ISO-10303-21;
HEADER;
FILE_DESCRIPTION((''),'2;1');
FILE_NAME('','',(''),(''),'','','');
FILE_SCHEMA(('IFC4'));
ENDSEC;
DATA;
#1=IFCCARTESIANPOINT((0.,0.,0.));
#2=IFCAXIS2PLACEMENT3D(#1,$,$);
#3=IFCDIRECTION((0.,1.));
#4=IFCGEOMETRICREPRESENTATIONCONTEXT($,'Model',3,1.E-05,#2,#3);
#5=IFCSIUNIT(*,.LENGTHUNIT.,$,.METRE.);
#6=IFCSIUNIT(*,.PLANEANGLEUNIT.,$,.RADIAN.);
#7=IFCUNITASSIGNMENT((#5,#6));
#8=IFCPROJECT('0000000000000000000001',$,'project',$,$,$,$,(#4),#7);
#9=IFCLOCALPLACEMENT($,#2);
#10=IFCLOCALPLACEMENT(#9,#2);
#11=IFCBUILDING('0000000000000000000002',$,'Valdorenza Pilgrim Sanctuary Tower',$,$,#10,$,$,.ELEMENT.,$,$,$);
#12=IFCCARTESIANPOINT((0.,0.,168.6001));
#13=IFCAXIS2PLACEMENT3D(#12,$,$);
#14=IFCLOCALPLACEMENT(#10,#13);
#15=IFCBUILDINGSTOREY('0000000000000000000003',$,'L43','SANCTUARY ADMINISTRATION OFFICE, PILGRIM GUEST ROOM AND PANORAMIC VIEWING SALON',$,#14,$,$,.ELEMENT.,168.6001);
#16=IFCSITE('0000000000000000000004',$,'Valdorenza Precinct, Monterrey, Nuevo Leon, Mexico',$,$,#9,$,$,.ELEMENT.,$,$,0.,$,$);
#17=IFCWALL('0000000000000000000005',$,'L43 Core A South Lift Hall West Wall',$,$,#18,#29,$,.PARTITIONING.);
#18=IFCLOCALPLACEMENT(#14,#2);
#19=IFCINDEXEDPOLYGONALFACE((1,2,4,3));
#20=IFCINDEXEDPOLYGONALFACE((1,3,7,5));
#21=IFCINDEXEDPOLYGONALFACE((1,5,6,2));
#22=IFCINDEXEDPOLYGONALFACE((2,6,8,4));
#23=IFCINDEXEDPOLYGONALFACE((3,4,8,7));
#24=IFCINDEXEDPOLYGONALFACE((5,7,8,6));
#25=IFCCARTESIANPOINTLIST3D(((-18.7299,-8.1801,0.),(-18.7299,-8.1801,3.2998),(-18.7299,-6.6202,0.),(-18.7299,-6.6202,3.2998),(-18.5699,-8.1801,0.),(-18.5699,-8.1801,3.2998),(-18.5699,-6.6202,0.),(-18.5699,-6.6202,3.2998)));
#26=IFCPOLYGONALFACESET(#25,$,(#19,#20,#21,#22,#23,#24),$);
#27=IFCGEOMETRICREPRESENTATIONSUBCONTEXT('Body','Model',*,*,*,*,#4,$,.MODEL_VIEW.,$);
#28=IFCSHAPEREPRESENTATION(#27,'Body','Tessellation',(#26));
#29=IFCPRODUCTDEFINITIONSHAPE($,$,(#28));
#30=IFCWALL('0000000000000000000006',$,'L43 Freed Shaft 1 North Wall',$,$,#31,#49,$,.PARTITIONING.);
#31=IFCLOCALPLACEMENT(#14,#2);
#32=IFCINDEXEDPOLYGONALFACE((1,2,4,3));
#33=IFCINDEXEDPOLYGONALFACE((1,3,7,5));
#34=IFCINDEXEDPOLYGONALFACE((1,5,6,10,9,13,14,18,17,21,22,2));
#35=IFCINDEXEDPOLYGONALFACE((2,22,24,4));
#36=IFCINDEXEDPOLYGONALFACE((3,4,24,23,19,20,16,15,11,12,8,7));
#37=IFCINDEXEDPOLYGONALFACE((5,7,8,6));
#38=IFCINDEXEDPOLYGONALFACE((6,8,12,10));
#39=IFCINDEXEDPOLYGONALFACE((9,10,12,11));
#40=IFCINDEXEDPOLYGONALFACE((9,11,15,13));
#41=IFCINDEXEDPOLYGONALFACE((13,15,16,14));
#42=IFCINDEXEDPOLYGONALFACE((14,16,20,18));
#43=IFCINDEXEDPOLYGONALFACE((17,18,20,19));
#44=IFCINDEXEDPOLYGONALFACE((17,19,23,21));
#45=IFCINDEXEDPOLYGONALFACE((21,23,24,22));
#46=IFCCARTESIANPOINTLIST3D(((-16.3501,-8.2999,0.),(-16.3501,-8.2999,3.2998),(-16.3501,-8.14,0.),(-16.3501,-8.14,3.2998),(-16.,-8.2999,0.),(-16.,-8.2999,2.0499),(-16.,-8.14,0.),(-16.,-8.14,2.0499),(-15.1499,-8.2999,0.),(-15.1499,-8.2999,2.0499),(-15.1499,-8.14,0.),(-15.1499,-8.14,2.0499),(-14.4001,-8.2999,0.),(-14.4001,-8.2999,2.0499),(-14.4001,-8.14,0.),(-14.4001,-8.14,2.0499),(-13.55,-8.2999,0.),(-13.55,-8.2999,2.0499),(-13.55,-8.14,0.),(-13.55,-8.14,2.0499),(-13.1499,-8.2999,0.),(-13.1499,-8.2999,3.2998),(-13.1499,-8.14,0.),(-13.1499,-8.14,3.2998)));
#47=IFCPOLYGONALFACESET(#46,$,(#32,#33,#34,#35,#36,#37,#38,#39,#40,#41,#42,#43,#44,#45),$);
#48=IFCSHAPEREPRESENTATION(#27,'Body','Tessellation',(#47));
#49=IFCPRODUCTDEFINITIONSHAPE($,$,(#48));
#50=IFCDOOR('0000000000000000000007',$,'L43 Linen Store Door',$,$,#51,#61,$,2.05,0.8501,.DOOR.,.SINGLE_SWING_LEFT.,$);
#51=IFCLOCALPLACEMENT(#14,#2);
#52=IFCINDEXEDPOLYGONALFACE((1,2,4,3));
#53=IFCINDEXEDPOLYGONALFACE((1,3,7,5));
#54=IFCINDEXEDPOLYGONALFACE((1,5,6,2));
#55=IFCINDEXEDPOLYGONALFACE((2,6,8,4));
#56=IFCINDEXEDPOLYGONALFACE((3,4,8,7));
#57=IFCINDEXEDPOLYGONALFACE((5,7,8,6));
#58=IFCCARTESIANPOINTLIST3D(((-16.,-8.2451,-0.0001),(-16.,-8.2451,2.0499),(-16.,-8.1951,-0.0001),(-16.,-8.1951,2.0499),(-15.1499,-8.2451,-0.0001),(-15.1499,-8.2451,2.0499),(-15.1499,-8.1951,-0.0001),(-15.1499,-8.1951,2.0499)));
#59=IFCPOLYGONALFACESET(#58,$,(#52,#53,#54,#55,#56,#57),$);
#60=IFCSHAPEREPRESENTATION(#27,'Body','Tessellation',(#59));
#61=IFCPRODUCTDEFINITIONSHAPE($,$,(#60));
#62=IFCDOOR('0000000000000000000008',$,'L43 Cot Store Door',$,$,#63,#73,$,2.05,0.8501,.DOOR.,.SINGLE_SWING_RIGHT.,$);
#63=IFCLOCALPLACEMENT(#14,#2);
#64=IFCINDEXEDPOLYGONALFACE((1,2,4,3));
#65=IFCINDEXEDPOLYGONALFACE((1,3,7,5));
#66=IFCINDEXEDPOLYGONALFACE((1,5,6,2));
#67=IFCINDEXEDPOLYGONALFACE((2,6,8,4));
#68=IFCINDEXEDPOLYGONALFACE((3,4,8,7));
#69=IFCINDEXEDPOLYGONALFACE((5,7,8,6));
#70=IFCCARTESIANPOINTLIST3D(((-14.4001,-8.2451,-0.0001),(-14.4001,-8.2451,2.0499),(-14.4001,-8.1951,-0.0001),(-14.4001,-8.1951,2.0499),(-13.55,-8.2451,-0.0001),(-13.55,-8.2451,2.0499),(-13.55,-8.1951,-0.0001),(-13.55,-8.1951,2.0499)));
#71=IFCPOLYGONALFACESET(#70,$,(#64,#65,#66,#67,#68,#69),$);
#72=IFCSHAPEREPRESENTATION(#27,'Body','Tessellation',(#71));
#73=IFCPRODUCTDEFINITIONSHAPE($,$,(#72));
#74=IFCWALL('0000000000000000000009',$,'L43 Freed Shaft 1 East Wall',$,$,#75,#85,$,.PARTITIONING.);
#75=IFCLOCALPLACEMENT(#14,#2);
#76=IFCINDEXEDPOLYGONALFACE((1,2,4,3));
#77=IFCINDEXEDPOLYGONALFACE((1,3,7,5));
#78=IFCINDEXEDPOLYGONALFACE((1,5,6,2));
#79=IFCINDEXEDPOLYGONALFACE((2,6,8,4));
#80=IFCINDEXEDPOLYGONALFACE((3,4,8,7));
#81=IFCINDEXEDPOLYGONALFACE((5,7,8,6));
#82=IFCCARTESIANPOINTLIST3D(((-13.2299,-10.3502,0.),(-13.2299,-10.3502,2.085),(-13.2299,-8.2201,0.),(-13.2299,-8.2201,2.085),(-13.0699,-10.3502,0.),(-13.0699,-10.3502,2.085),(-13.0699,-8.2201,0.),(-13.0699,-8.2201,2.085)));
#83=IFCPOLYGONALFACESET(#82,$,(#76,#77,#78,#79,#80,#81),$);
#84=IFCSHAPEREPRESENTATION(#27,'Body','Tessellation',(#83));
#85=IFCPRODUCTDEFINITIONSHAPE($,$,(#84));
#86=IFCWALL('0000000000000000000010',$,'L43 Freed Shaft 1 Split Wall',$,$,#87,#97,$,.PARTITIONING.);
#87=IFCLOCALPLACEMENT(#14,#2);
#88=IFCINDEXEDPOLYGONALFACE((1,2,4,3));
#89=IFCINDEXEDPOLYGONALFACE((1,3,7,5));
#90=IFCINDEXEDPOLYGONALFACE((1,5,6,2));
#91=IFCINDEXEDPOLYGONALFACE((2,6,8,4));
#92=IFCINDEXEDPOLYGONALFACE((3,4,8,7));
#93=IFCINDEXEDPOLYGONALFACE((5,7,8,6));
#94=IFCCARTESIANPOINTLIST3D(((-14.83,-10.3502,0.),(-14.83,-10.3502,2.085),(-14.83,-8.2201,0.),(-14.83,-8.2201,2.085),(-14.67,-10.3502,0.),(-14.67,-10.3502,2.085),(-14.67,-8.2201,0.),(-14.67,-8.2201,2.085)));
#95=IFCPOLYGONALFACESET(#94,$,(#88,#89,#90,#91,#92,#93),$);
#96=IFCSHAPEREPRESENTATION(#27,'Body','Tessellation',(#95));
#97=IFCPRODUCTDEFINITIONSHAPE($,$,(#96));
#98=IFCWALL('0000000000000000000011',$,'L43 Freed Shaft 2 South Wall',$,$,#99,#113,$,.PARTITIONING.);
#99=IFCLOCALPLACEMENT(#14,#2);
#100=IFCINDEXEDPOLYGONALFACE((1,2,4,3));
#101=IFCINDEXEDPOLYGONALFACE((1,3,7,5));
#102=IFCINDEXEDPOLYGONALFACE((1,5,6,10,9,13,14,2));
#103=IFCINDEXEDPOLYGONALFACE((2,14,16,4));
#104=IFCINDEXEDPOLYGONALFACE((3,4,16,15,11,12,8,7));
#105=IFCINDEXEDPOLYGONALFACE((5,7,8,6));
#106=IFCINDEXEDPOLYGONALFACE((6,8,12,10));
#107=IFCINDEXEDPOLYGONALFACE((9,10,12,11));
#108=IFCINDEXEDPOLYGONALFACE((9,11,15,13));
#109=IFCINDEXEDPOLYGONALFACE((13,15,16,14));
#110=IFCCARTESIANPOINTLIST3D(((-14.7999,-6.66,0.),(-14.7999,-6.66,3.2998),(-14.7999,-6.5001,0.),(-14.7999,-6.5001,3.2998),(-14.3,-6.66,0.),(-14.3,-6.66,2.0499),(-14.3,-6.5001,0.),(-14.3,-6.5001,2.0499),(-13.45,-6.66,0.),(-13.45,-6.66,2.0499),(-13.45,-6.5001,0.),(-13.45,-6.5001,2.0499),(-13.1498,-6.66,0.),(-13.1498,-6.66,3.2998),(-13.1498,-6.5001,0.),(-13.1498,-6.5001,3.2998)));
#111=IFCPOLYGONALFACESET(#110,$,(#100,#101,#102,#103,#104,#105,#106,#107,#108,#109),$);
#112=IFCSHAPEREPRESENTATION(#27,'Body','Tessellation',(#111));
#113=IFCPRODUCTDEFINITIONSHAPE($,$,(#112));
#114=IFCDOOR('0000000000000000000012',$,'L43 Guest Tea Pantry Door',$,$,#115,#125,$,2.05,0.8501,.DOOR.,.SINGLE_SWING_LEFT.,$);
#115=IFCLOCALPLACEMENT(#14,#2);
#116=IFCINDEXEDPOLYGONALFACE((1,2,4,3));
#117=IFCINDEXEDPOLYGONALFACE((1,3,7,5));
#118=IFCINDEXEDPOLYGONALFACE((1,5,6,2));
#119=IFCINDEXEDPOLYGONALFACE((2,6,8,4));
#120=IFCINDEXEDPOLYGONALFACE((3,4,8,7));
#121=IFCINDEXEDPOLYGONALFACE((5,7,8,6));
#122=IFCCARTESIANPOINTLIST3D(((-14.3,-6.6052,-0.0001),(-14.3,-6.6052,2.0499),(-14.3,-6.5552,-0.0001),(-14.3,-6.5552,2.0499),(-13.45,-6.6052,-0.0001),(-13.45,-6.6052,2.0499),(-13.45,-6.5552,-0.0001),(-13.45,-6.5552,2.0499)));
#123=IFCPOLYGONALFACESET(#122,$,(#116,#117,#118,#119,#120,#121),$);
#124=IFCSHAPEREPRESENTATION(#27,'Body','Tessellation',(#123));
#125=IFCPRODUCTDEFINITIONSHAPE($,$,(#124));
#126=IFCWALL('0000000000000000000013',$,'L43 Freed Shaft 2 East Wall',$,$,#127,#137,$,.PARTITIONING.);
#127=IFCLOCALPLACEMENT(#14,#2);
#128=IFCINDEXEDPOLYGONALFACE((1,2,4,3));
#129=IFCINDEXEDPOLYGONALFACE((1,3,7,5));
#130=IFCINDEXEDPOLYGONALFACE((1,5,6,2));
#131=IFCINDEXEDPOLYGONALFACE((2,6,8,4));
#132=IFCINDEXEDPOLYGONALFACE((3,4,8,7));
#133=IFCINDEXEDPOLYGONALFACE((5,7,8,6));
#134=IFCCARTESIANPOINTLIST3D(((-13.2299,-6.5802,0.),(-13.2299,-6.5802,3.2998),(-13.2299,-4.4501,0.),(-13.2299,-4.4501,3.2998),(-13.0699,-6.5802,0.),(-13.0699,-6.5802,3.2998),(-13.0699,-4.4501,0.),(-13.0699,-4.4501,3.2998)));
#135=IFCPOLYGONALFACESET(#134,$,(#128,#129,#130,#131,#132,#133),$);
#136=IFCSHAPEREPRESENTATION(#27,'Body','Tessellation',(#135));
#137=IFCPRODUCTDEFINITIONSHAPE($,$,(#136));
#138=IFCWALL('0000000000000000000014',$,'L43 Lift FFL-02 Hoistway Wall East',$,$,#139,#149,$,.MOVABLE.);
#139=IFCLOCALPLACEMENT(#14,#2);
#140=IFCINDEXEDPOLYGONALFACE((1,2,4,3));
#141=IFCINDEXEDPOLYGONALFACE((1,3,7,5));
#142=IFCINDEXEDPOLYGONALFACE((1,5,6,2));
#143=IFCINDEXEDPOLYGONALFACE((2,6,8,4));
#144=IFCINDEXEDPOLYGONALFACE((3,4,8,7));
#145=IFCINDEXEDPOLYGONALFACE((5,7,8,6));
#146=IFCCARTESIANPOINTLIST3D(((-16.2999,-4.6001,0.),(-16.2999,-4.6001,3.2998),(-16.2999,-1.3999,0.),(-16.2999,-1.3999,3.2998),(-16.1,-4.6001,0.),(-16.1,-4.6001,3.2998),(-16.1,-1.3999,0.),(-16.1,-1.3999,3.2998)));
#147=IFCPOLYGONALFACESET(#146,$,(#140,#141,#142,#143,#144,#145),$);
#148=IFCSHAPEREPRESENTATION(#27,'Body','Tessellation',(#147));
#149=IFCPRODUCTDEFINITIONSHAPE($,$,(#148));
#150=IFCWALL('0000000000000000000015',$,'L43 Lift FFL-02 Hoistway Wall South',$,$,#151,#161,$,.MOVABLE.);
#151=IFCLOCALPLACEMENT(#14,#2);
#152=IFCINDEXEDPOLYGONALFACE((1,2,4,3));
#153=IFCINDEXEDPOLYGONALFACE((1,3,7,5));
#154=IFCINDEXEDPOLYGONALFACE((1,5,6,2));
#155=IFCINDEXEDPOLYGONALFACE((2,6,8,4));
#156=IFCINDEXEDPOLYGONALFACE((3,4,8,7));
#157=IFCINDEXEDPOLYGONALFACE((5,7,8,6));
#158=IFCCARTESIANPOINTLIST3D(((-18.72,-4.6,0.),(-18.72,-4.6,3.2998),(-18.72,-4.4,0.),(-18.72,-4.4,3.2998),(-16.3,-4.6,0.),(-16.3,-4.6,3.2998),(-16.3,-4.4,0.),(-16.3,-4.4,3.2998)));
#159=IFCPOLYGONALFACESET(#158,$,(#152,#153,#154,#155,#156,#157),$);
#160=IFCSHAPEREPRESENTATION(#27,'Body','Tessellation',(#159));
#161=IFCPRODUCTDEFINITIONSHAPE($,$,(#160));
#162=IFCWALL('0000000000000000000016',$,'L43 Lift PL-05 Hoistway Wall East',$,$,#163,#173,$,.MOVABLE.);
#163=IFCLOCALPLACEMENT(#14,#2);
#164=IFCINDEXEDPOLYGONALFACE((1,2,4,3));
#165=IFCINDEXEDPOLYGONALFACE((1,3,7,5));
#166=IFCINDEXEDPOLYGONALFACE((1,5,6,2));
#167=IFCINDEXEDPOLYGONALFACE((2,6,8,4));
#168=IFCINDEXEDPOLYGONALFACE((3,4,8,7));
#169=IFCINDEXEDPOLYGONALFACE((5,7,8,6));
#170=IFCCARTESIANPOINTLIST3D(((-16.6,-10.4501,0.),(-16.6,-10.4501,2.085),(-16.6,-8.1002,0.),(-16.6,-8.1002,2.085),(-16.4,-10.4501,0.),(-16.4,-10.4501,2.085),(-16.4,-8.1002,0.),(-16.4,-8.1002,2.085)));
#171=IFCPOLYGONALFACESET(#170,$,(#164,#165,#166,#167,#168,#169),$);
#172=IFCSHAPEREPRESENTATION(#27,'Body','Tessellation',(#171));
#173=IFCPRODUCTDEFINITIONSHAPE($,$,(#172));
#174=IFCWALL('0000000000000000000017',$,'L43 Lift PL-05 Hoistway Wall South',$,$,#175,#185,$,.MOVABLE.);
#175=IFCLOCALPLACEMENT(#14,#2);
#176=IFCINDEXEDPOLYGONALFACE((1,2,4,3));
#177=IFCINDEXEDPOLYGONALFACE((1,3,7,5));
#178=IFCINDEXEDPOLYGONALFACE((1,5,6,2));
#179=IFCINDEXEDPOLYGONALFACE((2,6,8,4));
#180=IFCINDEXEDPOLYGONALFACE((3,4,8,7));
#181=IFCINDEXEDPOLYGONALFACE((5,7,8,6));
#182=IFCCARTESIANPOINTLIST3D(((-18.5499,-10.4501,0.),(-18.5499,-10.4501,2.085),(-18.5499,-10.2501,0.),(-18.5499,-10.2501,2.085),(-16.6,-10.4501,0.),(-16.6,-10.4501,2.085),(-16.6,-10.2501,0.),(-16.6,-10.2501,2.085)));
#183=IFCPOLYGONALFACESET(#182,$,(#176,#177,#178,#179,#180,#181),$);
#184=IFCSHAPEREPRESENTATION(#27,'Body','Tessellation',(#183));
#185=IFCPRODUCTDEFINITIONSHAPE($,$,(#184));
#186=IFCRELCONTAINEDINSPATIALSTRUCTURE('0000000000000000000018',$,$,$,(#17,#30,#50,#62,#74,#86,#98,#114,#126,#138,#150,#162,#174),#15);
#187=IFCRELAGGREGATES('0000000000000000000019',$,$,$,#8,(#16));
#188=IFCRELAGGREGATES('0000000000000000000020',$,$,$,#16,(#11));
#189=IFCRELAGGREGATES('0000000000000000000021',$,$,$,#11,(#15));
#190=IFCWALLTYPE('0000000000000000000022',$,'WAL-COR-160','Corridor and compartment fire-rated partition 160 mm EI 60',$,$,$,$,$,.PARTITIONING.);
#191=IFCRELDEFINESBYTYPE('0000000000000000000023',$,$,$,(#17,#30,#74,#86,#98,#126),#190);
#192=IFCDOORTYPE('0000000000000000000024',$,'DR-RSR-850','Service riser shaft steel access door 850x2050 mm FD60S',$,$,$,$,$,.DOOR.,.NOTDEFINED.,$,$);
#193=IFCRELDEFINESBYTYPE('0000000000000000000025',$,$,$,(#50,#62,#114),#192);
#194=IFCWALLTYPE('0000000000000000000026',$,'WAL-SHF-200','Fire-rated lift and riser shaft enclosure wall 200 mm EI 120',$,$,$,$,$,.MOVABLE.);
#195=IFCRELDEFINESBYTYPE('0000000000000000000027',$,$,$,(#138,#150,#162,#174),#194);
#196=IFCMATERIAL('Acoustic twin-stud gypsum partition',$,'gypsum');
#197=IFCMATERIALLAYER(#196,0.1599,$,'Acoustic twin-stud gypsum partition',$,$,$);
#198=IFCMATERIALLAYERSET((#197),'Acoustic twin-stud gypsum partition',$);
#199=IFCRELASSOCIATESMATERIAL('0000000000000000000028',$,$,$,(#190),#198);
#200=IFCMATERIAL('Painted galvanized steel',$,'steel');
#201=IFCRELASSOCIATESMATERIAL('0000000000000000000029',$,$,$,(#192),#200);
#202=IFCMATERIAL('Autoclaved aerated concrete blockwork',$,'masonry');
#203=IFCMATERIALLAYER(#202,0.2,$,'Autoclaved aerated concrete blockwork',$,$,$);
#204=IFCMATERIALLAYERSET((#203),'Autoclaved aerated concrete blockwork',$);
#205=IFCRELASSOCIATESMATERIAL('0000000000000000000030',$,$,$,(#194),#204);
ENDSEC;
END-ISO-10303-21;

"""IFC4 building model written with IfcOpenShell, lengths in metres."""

from ifc_helpers import new_model, si_unit, direction, frame, frame_2d, origin, place, context, subcontext, project, spatial, rectangle, extrude, material, layer, layer_set, type_object, element, fill, save


model = new_model("IFC4")

# Units and contexts
model_context = context("Model", 3, precision=1e-05, world=origin(), true_north=direction((0.0, 1.0)))
body_context = subcontext(model_context, "Body", "Model", "MODEL_VIEW")
ifc_project = project(units=[si_unit("LENGTHUNIT", "METRE"), si_unit("PLANEANGLEUNIT", "RADIAN")], contexts=[model_context])

# Site, building, storey
site_placement = place(None, origin())
site = spatial("IfcSite", under=ifc_project, at=site_placement, Name="Valdorenza Precinct, Monterrey, Nuevo Leon, Mexico", CompositionType="ELEMENT", RefElevation=0.0)
building_placement = place(site_placement, origin())
building = spatial("IfcBuilding", under=site, at=building_placement, Name="Valdorenza Pilgrim Sanctuary Tower", CompositionType="ELEMENT")
storey_placement = place(building_placement, frame((0.0, 0.0, 168.6001)))
storey = spatial("IfcBuildingStorey", under=building, at=storey_placement, Name="L43", Description="SANCTUARY ADMINISTRATION OFFICE, PILGRIM GUEST ROOM AND PANORAMIC VIEWING SALON", CompositionType="ELEMENT", Elevation=168.6001)

# Wall
ifc_material_1 = material(Name="Acoustic twin-stud gypsum partition", Category="gypsum")
ifc_layer_1 = layer(ifc_material_1, 0.1599, Name="Acoustic twin-stud gypsum partition")
ifc_layer_set_1 = layer_set([ifc_layer_1], Name="Acoustic twin-stud gypsum partition")
wall_type_1 = type_object("IfcWallType", Name="WAL-COR-160", Description="Corridor and compartment fire-rated partition 160 mm EI 60", PredefinedType="PARTITIONING", material=ifc_layer_set_1)
wall_1_placement = place(storey_placement, frame((-18.6499, -8.1799, 0.0), z_axis=(0.0, 0.0, 1.0), x_axis=(0.0, 1.0, 0.0)))
element("IfcWall", 1, at=wall_1_placement, inside=storey, type_object=wall_type_1, Name="L43 Core A South Lift Hall West Wall", PredefinedType="PARTITIONING", context=body_context, shape_type="SweptSolid", body=[
    extrude(rectangle(XDim=1.5598, YDim=0.1599, at=frame_2d((0.7798, 0.0))), origin(), (0.0, 0.0, 1.0), 3.2998),
])

# Wall, openings, doors
wall_2_placement = place(storey_placement, frame((-16.3501, -8.22, 0.0), z_axis=(0.0, 0.0, 1.0), x_axis=(1.0, 0.0, 0.0)))
wall_2 = element("IfcWall", 2, at=wall_2_placement, inside=storey, type_object=wall_type_1, Name="L43 Freed Shaft 1 North Wall", PredefinedType="PARTITIONING", context=body_context, shape_type="SweptSolid", body=[
    extrude(rectangle(XDim=3.2002, YDim=0.1599, at=frame_2d((1.6001, 0.0))), origin(), (0.0, 0.0, 1.0), 3.2998),
])
opening_1_placement = place(wall_2_placement, frame((0.3501, 0.0, 0.0)))
opening_1 = element("IfcOpeningElement", 3, at=opening_1_placement, cuts=wall_2, PredefinedType="OPENING", context=body_context, shape_type="SweptSolid", body=[
    extrude(rectangle(XDim=0.8501, YDim=2.05, at=frame_2d((0.425, 1.0249))), frame((0.0, 0.0947, 0.0), z_axis=(0.0, -1.0, 0.0), x_axis=(1.0, 0.0, 0.0)), (0.0, 0.0, 1.0), 0.1897),
])
opening_2_placement = place(wall_2_placement, frame((1.95, 0.0, 0.0)))
opening_2 = element("IfcOpeningElement", 4, at=opening_2_placement, cuts=wall_2, PredefinedType="OPENING", context=body_context, shape_type="SweptSolid", body=[
    extrude(rectangle(XDim=0.8501, YDim=2.05, at=frame_2d((0.425, 1.0249))), frame((0.0, 0.0947, 0.0), z_axis=(0.0, -1.0, 0.0), x_axis=(1.0, 0.0, 0.0)), (0.0, 0.0, 1.0), 0.1897),
])
ifc_material_2 = material(Name="Painted galvanized steel", Category="steel")
door_type_1 = type_object("IfcDoorType", Name="DR-RSR-850", Description="Service riser shaft steel access door 850x2050 mm FD60S", OperationType="NOTDEFINED", PredefinedType="DOOR", material=ifc_material_2)
door_1_placement = place(opening_1_placement, origin())
door_1 = element("IfcDoor", 5, at=door_1_placement, inside=storey, type_object=door_type_1, Name="L43 Linen Store Door", OperationType="SINGLE_SWING_LEFT", OverallHeight=2.05, OverallWidth=0.8501, PredefinedType="DOOR", context=body_context, shape_type="SweptSolid", body=[
    extrude(rectangle(XDim=0.8501, YDim=2.05, at=frame_2d((0.425, 1.0249))), frame((0.0, 0.0249, 0.0), z_axis=(0.0, -1.0, 0.0), x_axis=(1.0, 0.0, 0.0)), (0.0, 0.0, 1.0), 0.05),
])
fill(opening_1, door_1)
door_2_placement = place(opening_2_placement, origin())
door_2 = element("IfcDoor", 6, at=door_2_placement, inside=storey, type_object=door_type_1, Name="L43 Cot Store Door", OperationType="SINGLE_SWING_RIGHT", OverallHeight=2.05, OverallWidth=0.8501, PredefinedType="DOOR", context=body_context, shape_type="SweptSolid", body=[
    extrude(rectangle(XDim=0.8501, YDim=2.05, at=frame_2d((0.425, 1.0249))), frame((0.0, 0.0249, 0.0), z_axis=(0.0, -1.0, 0.0), x_axis=(1.0, 0.0, 0.0)), (0.0, 0.0, 1.0), 0.05),
])
fill(opening_2, door_2)

# Walls
for number, where, z_axis, x_axis, name in (
    (7, (-13.1499, -10.3501, 0.0), (0.0, 0.0, 1.0), (0.0, 1.0, 0.0), "L43 Freed Shaft 1 East Wall"),
    (8, (-14.75, -10.3501, 0.0), (0.0, 0.0, 1.0), (0.0, 1.0, 0.0), "L43 Freed Shaft 1 Split Wall"),
):
    element("IfcWall", number, at=place(storey_placement, frame(where, z_axis=z_axis, x_axis=x_axis)), inside=storey, type_object=wall_type_1, Name=name, PredefinedType="PARTITIONING", context=body_context, shape_type="SweptSolid", body=[
        extrude(rectangle(XDim=2.1301, YDim=0.1599, at=frame_2d((1.0649, 0.0))), origin(), (0.0, 0.0, 1.0), 2.085),
    ])

# Wall, opening, door
wall_3_placement = place(storey_placement, frame((-14.8, -6.5801, 0.0), z_axis=(0.0, 0.0, 1.0), x_axis=(1.0, 0.0, 0.0)))
wall_3 = element("IfcWall", 9, at=wall_3_placement, inside=storey, type_object=wall_type_1, Name="L43 Freed Shaft 2 South Wall", PredefinedType="PARTITIONING", context=body_context, shape_type="SweptSolid", body=[
    extrude(rectangle(XDim=1.6501, YDim=0.1599, at=frame_2d((0.8252, 0.0))), origin(), (0.0, 0.0, 1.0), 3.2998),
])
opening_3_placement = place(wall_3_placement, frame((0.5, 0.0, 0.0)))
opening_3 = element("IfcOpeningElement", 10, at=opening_3_placement, cuts=wall_3, PredefinedType="OPENING", context=body_context, shape_type="SweptSolid", body=[
    extrude(rectangle(XDim=0.8501, YDim=2.05, at=frame_2d((0.425, 1.0249))), frame((0.0, 0.0947, 0.0), z_axis=(0.0, -1.0, 0.0), x_axis=(1.0, 0.0, 0.0)), (0.0, 0.0, 1.0), 0.1897),
])
door_3_placement = place(opening_3_placement, origin())
door_3 = element("IfcDoor", 11, at=door_3_placement, inside=storey, type_object=door_type_1, Name="L43 Guest Tea Pantry Door", OperationType="SINGLE_SWING_LEFT", OverallHeight=2.05, OverallWidth=0.8501, PredefinedType="DOOR", context=body_context, shape_type="SweptSolid", body=[
    extrude(rectangle(XDim=0.8501, YDim=2.05, at=frame_2d((0.425, 1.0249))), frame((0.0, 0.0249, 0.0), z_axis=(0.0, -1.0, 0.0), x_axis=(1.0, 0.0, 0.0)), (0.0, 0.0, 1.0), 0.05),
])
fill(opening_3, door_3)

# Walls
wall_4_placement = place(storey_placement, frame((-13.1499, -6.5801, 0.0), z_axis=(0.0, 0.0, 1.0), x_axis=(0.0, 1.0, 0.0)))
element("IfcWall", 12, at=wall_4_placement, inside=storey, type_object=wall_type_1, Name="L43 Freed Shaft 2 East Wall", PredefinedType="PARTITIONING", context=body_context, shape_type="SweptSolid", body=[
    extrude(rectangle(XDim=2.1301, YDim=0.1599, at=frame_2d((1.0649, 0.0))), origin(), (0.0, 0.0, 1.0), 3.2998),
])
ifc_material_3 = material(Name="Autoclaved aerated concrete blockwork", Category="masonry")
ifc_layer_2 = layer(ifc_material_3, 0.2, Name="Autoclaved aerated concrete blockwork")
ifc_layer_set_2 = layer_set([ifc_layer_2], Name="Autoclaved aerated concrete blockwork")
wall_type_2 = type_object("IfcWallType", Name="WAL-SHF-200", Description="Fire-rated lift and riser shaft enclosure wall 200 mm EI 120", PredefinedType="MOVABLE", material=ifc_layer_set_2)
wall_5_placement = place(storey_placement, frame((-16.2, -4.6001, 0.0), z_axis=(0.0, 0.0, 1.0), x_axis=(0.0, 1.0, 0.0)))
element("IfcWall", 13, at=wall_5_placement, inside=storey, type_object=wall_type_2, Name="L43 Lift FFL-02 Hoistway Wall East", PredefinedType="MOVABLE", context=body_context, shape_type="SweptSolid", body=[
    extrude(rectangle(XDim=3.2002, YDim=0.2, at=frame_2d((1.6001, 0.0))), origin(), (0.0, 0.0, 1.0), 3.2998),
])
wall_6_placement = place(storey_placement, frame((-18.72, -4.5, 0.0), z_axis=(0.0, 0.0, 1.0), x_axis=(1.0, 0.0, 0.0)))
element("IfcWall", 14, at=wall_6_placement, inside=storey, type_object=wall_type_2, Name="L43 Lift FFL-02 Hoistway Wall South", PredefinedType="MOVABLE", context=body_context, shape_type="SweptSolid", body=[
    extrude(rectangle(XDim=2.4199, YDim=0.2, at=frame_2d((1.21, 0.0))), origin(), (0.0, 0.0, 1.0), 3.2998),
])
wall_7_placement = place(storey_placement, frame((-16.5, -10.45, 0.0), z_axis=(0.0, 0.0, 1.0), x_axis=(0.0, 1.0, 0.0)))
element("IfcWall", 15, at=wall_7_placement, inside=storey, type_object=wall_type_2, Name="L43 Lift PL-05 Hoistway Wall East", PredefinedType="MOVABLE", context=body_context, shape_type="SweptSolid", body=[
    extrude(rectangle(XDim=2.3499, YDim=0.2, at=frame_2d((1.1748, 0.0))), origin(), (0.0, 0.0, 1.0), 2.085),
])
wall_8_placement = place(storey_placement, frame((-18.55, -10.3501, 0.0), z_axis=(0.0, 0.0, 1.0), x_axis=(1.0, 0.0, 0.0)))
element("IfcWall", 16, at=wall_8_placement, inside=storey, type_object=wall_type_2, Name="L43 Lift PL-05 Hoistway Wall South", PredefinedType="MOVABLE", context=body_context, shape_type="SweptSolid", body=[
    extrude(rectangle(XDim=1.95, YDim=0.2, at=frame_2d((0.9751, 0.0))), origin(), (0.0, 0.0, 1.0), 2.085),
])

save(model, "model.ifc")
